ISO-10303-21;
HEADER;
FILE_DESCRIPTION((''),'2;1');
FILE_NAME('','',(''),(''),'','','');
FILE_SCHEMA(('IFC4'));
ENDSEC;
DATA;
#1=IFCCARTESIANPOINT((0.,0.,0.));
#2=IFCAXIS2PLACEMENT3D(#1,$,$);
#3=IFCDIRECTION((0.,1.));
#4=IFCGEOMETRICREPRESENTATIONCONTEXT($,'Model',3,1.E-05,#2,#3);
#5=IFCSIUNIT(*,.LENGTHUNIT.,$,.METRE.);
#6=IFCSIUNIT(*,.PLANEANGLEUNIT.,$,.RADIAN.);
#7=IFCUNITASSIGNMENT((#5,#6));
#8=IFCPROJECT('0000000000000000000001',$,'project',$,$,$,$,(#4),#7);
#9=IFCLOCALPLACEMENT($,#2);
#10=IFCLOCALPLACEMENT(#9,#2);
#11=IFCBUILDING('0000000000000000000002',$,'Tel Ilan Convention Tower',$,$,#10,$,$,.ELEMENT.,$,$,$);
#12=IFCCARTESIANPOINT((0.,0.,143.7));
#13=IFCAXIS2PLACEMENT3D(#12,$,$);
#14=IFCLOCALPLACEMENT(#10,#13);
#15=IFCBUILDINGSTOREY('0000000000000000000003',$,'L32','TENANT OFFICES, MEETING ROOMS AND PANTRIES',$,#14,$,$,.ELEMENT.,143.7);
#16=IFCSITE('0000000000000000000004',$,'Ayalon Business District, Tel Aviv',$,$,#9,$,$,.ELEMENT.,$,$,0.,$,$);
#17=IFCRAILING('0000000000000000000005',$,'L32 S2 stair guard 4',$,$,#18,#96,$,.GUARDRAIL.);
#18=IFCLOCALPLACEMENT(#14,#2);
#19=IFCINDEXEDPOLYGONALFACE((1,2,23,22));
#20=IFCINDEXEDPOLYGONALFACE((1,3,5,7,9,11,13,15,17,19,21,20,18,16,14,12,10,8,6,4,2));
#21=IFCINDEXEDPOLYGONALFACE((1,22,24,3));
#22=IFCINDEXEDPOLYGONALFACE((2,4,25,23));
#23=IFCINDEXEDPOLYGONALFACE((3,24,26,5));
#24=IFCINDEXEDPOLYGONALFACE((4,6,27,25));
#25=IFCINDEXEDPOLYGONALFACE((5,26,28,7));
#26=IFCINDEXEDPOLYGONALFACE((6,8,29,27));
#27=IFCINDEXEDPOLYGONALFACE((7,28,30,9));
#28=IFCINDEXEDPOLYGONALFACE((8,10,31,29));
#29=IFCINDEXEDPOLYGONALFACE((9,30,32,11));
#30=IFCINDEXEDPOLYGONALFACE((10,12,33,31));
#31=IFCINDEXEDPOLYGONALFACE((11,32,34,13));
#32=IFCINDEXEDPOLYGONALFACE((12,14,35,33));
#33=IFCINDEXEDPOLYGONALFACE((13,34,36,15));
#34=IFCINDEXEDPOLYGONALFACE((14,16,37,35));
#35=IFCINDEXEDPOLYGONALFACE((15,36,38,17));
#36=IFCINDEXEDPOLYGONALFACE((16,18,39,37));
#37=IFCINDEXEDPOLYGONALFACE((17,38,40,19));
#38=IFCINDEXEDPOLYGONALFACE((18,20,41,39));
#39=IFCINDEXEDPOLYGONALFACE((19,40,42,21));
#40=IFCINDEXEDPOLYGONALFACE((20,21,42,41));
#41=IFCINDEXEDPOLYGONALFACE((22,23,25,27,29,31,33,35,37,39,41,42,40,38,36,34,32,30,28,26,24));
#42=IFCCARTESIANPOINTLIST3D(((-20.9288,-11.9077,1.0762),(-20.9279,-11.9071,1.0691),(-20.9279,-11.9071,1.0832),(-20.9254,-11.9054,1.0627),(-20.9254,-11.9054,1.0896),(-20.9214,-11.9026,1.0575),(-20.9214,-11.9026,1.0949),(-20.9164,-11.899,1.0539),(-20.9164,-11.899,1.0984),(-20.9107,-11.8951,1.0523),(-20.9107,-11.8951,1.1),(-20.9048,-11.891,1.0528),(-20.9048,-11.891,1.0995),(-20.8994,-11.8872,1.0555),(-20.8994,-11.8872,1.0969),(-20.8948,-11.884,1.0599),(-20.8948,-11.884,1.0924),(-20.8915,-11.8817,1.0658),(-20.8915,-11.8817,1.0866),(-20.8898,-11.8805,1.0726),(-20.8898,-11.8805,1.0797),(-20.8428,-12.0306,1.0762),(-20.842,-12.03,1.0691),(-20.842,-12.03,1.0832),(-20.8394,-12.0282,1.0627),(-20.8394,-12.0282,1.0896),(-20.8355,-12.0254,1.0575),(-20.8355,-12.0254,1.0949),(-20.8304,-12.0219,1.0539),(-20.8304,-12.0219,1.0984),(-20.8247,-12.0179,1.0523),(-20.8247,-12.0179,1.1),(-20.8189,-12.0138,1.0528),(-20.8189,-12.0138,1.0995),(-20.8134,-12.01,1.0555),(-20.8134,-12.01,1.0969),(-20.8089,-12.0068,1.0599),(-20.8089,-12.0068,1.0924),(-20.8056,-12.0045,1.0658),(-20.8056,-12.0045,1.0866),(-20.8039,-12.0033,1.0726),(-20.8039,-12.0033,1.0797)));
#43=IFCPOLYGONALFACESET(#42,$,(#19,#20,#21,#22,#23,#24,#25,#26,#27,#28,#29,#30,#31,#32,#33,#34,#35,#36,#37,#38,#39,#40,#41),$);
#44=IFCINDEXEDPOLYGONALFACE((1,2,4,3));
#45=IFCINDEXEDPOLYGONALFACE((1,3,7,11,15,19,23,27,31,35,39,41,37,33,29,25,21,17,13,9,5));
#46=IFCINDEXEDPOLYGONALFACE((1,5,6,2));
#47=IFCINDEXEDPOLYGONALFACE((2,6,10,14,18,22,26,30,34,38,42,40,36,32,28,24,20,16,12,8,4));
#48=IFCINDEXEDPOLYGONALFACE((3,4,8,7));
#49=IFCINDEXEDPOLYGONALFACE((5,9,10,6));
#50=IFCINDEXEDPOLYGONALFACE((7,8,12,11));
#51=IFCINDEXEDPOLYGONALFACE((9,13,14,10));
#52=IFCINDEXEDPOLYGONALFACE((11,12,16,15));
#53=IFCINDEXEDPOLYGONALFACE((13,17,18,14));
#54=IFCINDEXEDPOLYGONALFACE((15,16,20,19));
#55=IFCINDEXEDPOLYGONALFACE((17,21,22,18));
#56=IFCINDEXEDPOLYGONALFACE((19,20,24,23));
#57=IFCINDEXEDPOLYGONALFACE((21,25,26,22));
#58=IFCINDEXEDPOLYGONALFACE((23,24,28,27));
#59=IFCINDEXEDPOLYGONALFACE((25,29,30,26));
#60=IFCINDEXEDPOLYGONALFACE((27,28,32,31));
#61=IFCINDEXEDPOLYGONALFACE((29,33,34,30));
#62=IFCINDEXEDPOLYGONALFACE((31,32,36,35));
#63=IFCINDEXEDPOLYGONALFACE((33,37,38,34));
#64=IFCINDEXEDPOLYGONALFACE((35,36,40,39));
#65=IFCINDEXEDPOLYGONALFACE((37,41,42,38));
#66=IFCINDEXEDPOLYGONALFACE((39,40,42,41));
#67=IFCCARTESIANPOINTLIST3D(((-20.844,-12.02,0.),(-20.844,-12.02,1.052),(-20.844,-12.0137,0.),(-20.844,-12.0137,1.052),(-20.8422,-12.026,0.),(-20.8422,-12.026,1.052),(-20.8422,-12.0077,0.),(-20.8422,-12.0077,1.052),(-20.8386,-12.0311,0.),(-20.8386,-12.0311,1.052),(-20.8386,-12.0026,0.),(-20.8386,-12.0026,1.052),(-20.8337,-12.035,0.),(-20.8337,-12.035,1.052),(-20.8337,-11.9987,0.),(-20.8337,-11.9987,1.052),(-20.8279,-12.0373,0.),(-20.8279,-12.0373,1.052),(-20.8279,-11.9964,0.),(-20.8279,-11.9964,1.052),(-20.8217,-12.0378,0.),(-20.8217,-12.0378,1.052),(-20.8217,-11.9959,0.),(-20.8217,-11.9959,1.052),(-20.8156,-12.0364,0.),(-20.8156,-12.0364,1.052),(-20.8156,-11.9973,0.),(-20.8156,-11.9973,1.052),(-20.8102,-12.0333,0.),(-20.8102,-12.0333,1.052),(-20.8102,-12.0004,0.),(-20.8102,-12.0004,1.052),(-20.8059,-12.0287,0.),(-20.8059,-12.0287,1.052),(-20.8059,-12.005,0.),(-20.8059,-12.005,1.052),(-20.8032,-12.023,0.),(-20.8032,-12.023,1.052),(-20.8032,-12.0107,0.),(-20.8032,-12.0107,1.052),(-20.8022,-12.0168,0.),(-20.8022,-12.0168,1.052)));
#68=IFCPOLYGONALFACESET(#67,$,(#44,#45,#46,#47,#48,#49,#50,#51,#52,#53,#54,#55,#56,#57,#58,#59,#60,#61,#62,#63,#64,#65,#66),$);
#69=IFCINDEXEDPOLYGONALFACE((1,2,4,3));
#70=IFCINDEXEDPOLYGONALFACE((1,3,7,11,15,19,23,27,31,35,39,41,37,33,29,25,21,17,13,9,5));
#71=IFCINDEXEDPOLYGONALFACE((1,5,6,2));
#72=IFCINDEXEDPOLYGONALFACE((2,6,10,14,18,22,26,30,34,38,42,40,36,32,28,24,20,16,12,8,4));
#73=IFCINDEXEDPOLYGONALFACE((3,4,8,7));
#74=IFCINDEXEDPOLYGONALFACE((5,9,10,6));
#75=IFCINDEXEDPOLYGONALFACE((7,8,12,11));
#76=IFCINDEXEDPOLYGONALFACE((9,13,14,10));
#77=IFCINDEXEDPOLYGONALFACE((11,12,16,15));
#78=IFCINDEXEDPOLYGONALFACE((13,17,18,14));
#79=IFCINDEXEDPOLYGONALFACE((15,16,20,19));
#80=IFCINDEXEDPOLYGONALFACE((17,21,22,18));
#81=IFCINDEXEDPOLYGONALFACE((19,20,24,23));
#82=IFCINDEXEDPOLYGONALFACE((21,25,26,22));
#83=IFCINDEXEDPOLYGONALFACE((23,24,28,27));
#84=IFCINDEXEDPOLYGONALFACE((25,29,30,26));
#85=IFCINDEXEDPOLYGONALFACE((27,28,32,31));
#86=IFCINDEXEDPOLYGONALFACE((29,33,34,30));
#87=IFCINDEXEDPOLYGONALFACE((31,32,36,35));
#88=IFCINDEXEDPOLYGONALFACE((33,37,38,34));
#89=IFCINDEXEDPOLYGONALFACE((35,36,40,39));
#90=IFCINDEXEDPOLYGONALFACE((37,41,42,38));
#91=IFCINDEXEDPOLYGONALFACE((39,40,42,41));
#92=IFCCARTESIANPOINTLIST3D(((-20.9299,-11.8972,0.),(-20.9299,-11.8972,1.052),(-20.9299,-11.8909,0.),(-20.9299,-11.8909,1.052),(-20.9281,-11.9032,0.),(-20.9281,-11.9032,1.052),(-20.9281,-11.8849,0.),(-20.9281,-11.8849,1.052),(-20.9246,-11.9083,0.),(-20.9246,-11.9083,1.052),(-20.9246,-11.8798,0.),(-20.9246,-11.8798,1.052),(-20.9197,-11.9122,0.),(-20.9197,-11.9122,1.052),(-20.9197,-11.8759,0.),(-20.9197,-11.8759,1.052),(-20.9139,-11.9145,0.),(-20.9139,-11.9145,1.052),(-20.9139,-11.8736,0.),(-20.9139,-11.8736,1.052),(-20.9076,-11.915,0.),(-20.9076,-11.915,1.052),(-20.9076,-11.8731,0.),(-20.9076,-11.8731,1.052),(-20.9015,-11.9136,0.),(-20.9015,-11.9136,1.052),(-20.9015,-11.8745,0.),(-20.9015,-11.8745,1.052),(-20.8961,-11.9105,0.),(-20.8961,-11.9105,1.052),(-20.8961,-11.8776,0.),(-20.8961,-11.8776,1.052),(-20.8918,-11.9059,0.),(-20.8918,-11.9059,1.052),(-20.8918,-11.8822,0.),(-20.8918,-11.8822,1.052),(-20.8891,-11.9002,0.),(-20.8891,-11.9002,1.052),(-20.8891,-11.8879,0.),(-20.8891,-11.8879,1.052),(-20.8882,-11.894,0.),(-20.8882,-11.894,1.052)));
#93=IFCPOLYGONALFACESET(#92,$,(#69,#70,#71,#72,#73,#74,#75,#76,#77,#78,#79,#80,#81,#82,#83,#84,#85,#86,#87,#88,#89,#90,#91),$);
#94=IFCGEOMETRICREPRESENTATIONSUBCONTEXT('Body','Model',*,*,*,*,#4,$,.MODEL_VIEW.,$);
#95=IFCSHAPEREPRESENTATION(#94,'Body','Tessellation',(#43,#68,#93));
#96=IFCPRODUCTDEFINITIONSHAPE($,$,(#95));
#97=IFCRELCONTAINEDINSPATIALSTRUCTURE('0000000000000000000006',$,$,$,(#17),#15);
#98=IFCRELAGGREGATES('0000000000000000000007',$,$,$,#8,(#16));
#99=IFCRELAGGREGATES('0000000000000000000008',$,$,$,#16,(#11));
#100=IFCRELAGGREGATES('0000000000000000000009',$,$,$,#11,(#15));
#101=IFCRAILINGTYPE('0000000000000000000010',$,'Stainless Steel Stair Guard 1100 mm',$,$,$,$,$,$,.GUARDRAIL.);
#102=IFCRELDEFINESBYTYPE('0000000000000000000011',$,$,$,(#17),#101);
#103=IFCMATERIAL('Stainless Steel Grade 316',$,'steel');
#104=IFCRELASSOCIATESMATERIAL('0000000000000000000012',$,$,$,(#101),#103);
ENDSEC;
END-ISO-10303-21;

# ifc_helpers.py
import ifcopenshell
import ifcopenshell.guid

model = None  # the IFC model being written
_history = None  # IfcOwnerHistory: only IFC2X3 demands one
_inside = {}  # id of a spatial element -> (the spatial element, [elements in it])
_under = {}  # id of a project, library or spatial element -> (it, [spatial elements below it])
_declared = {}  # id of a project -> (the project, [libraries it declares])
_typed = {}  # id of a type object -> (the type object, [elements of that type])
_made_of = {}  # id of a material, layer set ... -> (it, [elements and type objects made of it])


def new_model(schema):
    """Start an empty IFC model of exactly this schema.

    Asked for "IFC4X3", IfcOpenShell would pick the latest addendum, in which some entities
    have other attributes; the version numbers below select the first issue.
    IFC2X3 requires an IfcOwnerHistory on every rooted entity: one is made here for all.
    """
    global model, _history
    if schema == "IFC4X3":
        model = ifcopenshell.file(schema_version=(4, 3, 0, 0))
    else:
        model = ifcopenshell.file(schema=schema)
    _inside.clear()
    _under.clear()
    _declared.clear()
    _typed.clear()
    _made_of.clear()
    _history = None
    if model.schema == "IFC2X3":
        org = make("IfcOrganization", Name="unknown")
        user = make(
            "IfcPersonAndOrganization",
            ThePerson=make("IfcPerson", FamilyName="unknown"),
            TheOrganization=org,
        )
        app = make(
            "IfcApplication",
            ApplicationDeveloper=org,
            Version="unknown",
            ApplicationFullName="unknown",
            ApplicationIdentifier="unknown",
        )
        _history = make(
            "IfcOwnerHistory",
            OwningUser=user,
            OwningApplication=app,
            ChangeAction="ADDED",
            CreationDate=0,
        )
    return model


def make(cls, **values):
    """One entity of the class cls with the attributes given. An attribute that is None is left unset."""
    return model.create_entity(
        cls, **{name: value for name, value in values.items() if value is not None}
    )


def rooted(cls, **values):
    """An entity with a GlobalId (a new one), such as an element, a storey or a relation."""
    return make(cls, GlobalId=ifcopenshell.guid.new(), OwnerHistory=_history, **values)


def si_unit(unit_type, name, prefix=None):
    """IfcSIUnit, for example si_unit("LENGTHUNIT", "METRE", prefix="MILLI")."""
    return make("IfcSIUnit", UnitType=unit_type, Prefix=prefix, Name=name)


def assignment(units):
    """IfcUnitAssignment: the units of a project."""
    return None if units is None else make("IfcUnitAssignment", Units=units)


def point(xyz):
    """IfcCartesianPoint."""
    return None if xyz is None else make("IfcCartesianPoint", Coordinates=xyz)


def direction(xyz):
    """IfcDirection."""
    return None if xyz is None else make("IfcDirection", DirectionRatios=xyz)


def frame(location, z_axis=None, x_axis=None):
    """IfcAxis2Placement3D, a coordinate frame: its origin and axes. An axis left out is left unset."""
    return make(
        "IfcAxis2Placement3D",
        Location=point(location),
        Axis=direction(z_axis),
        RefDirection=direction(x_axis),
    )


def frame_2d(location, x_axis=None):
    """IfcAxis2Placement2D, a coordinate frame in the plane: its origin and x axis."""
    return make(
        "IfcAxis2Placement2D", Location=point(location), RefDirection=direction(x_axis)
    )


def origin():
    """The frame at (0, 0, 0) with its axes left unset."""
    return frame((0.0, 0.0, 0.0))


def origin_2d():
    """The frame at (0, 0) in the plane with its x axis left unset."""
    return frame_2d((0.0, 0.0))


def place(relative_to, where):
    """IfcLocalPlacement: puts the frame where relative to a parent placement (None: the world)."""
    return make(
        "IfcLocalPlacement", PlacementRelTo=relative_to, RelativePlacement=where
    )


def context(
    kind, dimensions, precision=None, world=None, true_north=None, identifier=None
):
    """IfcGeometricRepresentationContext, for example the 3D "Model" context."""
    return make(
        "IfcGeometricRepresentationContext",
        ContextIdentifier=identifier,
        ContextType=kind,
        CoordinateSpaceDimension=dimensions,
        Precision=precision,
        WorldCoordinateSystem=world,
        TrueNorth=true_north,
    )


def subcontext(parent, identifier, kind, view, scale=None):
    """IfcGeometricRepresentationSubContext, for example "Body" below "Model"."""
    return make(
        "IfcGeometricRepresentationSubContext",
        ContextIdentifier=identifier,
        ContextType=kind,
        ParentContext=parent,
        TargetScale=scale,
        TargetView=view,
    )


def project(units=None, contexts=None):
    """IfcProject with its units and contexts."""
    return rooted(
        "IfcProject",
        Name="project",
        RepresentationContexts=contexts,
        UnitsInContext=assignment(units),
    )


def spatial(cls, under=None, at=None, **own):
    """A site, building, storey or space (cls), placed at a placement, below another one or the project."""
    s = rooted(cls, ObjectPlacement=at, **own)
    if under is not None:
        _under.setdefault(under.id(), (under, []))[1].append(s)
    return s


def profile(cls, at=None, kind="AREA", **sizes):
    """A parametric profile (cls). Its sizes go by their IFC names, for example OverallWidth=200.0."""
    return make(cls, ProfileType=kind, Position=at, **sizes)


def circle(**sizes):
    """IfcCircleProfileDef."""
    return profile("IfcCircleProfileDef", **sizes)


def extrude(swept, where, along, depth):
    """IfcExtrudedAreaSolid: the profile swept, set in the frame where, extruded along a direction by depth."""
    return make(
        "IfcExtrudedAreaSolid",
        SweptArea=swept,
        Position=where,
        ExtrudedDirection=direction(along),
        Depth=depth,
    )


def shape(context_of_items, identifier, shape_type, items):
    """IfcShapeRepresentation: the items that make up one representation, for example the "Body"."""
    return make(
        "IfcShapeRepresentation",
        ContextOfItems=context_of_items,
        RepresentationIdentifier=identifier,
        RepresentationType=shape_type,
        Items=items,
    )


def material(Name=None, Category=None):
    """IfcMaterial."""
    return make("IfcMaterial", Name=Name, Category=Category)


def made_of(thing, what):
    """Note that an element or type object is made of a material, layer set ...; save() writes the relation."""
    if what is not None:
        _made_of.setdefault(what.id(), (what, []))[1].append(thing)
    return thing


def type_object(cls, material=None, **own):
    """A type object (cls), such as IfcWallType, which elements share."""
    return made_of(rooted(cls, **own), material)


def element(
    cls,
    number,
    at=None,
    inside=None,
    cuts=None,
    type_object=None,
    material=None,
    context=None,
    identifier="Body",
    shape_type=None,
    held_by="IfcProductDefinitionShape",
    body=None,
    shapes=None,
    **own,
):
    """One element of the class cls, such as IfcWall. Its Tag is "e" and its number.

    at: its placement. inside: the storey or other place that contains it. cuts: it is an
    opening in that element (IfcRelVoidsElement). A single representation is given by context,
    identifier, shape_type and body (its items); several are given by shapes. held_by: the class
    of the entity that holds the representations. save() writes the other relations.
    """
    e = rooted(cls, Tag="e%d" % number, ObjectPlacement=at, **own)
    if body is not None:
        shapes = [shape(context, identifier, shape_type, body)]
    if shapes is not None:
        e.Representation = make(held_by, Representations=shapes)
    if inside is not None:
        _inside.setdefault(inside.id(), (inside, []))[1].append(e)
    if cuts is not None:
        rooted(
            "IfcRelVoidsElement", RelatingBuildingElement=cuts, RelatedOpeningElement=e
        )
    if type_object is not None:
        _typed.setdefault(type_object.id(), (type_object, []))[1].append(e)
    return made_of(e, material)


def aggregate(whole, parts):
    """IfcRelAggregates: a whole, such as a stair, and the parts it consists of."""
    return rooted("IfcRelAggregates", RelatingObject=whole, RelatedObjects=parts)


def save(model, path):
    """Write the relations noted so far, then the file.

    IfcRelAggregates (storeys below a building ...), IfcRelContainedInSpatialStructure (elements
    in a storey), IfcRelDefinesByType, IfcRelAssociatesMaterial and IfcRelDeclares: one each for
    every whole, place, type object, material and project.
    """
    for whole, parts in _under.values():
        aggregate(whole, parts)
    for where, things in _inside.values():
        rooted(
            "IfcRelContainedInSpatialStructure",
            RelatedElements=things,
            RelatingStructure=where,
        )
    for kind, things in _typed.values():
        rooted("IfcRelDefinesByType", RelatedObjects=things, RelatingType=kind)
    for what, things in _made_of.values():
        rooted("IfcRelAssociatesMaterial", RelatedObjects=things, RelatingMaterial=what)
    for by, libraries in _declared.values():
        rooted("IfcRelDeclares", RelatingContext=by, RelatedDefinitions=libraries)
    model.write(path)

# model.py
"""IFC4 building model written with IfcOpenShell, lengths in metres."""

from ifc_helpers import new_model, si_unit, direction, frame, origin, origin_2d, place, context, subcontext, project, spatial, circle, extrude, material, type_object, element, save


model = new_model("IFC4")

# Units and contexts
model_context = context("Model", 3, precision=1e-05, world=origin(), true_north=direction((0.0, 1.0)))
body_context = subcontext(model_context, "Body", "Model", "MODEL_VIEW")
ifc_project = project(units=[si_unit("LENGTHUNIT", "METRE"), si_unit("PLANEANGLEUNIT", "RADIAN")], contexts=[model_context])

# Site, building, storey
site_placement = place(None, origin())
site = spatial("IfcSite", under=ifc_project, at=site_placement, Name="Ayalon Business District, Tel Aviv", CompositionType="ELEMENT", RefElevation=0.0)
building_placement = place(site_placement, origin())
building = spatial("IfcBuilding", under=site, at=building_placement, Name="Tel Ilan Convention Tower", CompositionType="ELEMENT")
storey_placement = place(building_placement, frame((0.0, 0.0, 143.7)))
storey = spatial("IfcBuildingStorey", under=building, at=storey_placement, Name="L32", Description="TENANT OFFICES, MEETING ROOMS AND PANTRIES", CompositionType="ELEMENT", Elevation=143.7)

# Railing
ifc_material_1 = material(Name="Stainless Steel Grade 316", Category="steel")
railing_type_1 = type_object("IfcRailingType", Name="Stainless Steel Stair Guard 1100 mm", PredefinedType="GUARDRAIL", material=ifc_material_1)
railing_1_placement = place(storey_placement, frame((-20.8232, -12.0168, 0.0)))
element("IfcRailing", 1, at=railing_1_placement, inside=storey, type_object=railing_type_1, Name="L32 S2 stair guard 4", PredefinedType="GUARDRAIL", context=body_context, shape_type="SweptSolid", body=[
    extrude(circle(Radius=0.0239, at=origin_2d()), frame((0.0, 0.0, 1.0762), z_axis=(-0.573353, 0.819308, 0.0), x_axis=(-0.819308, -0.573353, 0.0)), (0.0, 0.0, 1.0), 0.1499),
    extrude(circle(Radius=0.021, at=origin_2d()), origin(), (0.0, 0.0, 1.0), 1.052),
    extrude(circle(Radius=0.021, at=origin_2d()), frame((-0.0859, 0.1228, 0.0)), (0.0, 0.0, 1.0), 1.052),
])

save(model, "model.ifc")
